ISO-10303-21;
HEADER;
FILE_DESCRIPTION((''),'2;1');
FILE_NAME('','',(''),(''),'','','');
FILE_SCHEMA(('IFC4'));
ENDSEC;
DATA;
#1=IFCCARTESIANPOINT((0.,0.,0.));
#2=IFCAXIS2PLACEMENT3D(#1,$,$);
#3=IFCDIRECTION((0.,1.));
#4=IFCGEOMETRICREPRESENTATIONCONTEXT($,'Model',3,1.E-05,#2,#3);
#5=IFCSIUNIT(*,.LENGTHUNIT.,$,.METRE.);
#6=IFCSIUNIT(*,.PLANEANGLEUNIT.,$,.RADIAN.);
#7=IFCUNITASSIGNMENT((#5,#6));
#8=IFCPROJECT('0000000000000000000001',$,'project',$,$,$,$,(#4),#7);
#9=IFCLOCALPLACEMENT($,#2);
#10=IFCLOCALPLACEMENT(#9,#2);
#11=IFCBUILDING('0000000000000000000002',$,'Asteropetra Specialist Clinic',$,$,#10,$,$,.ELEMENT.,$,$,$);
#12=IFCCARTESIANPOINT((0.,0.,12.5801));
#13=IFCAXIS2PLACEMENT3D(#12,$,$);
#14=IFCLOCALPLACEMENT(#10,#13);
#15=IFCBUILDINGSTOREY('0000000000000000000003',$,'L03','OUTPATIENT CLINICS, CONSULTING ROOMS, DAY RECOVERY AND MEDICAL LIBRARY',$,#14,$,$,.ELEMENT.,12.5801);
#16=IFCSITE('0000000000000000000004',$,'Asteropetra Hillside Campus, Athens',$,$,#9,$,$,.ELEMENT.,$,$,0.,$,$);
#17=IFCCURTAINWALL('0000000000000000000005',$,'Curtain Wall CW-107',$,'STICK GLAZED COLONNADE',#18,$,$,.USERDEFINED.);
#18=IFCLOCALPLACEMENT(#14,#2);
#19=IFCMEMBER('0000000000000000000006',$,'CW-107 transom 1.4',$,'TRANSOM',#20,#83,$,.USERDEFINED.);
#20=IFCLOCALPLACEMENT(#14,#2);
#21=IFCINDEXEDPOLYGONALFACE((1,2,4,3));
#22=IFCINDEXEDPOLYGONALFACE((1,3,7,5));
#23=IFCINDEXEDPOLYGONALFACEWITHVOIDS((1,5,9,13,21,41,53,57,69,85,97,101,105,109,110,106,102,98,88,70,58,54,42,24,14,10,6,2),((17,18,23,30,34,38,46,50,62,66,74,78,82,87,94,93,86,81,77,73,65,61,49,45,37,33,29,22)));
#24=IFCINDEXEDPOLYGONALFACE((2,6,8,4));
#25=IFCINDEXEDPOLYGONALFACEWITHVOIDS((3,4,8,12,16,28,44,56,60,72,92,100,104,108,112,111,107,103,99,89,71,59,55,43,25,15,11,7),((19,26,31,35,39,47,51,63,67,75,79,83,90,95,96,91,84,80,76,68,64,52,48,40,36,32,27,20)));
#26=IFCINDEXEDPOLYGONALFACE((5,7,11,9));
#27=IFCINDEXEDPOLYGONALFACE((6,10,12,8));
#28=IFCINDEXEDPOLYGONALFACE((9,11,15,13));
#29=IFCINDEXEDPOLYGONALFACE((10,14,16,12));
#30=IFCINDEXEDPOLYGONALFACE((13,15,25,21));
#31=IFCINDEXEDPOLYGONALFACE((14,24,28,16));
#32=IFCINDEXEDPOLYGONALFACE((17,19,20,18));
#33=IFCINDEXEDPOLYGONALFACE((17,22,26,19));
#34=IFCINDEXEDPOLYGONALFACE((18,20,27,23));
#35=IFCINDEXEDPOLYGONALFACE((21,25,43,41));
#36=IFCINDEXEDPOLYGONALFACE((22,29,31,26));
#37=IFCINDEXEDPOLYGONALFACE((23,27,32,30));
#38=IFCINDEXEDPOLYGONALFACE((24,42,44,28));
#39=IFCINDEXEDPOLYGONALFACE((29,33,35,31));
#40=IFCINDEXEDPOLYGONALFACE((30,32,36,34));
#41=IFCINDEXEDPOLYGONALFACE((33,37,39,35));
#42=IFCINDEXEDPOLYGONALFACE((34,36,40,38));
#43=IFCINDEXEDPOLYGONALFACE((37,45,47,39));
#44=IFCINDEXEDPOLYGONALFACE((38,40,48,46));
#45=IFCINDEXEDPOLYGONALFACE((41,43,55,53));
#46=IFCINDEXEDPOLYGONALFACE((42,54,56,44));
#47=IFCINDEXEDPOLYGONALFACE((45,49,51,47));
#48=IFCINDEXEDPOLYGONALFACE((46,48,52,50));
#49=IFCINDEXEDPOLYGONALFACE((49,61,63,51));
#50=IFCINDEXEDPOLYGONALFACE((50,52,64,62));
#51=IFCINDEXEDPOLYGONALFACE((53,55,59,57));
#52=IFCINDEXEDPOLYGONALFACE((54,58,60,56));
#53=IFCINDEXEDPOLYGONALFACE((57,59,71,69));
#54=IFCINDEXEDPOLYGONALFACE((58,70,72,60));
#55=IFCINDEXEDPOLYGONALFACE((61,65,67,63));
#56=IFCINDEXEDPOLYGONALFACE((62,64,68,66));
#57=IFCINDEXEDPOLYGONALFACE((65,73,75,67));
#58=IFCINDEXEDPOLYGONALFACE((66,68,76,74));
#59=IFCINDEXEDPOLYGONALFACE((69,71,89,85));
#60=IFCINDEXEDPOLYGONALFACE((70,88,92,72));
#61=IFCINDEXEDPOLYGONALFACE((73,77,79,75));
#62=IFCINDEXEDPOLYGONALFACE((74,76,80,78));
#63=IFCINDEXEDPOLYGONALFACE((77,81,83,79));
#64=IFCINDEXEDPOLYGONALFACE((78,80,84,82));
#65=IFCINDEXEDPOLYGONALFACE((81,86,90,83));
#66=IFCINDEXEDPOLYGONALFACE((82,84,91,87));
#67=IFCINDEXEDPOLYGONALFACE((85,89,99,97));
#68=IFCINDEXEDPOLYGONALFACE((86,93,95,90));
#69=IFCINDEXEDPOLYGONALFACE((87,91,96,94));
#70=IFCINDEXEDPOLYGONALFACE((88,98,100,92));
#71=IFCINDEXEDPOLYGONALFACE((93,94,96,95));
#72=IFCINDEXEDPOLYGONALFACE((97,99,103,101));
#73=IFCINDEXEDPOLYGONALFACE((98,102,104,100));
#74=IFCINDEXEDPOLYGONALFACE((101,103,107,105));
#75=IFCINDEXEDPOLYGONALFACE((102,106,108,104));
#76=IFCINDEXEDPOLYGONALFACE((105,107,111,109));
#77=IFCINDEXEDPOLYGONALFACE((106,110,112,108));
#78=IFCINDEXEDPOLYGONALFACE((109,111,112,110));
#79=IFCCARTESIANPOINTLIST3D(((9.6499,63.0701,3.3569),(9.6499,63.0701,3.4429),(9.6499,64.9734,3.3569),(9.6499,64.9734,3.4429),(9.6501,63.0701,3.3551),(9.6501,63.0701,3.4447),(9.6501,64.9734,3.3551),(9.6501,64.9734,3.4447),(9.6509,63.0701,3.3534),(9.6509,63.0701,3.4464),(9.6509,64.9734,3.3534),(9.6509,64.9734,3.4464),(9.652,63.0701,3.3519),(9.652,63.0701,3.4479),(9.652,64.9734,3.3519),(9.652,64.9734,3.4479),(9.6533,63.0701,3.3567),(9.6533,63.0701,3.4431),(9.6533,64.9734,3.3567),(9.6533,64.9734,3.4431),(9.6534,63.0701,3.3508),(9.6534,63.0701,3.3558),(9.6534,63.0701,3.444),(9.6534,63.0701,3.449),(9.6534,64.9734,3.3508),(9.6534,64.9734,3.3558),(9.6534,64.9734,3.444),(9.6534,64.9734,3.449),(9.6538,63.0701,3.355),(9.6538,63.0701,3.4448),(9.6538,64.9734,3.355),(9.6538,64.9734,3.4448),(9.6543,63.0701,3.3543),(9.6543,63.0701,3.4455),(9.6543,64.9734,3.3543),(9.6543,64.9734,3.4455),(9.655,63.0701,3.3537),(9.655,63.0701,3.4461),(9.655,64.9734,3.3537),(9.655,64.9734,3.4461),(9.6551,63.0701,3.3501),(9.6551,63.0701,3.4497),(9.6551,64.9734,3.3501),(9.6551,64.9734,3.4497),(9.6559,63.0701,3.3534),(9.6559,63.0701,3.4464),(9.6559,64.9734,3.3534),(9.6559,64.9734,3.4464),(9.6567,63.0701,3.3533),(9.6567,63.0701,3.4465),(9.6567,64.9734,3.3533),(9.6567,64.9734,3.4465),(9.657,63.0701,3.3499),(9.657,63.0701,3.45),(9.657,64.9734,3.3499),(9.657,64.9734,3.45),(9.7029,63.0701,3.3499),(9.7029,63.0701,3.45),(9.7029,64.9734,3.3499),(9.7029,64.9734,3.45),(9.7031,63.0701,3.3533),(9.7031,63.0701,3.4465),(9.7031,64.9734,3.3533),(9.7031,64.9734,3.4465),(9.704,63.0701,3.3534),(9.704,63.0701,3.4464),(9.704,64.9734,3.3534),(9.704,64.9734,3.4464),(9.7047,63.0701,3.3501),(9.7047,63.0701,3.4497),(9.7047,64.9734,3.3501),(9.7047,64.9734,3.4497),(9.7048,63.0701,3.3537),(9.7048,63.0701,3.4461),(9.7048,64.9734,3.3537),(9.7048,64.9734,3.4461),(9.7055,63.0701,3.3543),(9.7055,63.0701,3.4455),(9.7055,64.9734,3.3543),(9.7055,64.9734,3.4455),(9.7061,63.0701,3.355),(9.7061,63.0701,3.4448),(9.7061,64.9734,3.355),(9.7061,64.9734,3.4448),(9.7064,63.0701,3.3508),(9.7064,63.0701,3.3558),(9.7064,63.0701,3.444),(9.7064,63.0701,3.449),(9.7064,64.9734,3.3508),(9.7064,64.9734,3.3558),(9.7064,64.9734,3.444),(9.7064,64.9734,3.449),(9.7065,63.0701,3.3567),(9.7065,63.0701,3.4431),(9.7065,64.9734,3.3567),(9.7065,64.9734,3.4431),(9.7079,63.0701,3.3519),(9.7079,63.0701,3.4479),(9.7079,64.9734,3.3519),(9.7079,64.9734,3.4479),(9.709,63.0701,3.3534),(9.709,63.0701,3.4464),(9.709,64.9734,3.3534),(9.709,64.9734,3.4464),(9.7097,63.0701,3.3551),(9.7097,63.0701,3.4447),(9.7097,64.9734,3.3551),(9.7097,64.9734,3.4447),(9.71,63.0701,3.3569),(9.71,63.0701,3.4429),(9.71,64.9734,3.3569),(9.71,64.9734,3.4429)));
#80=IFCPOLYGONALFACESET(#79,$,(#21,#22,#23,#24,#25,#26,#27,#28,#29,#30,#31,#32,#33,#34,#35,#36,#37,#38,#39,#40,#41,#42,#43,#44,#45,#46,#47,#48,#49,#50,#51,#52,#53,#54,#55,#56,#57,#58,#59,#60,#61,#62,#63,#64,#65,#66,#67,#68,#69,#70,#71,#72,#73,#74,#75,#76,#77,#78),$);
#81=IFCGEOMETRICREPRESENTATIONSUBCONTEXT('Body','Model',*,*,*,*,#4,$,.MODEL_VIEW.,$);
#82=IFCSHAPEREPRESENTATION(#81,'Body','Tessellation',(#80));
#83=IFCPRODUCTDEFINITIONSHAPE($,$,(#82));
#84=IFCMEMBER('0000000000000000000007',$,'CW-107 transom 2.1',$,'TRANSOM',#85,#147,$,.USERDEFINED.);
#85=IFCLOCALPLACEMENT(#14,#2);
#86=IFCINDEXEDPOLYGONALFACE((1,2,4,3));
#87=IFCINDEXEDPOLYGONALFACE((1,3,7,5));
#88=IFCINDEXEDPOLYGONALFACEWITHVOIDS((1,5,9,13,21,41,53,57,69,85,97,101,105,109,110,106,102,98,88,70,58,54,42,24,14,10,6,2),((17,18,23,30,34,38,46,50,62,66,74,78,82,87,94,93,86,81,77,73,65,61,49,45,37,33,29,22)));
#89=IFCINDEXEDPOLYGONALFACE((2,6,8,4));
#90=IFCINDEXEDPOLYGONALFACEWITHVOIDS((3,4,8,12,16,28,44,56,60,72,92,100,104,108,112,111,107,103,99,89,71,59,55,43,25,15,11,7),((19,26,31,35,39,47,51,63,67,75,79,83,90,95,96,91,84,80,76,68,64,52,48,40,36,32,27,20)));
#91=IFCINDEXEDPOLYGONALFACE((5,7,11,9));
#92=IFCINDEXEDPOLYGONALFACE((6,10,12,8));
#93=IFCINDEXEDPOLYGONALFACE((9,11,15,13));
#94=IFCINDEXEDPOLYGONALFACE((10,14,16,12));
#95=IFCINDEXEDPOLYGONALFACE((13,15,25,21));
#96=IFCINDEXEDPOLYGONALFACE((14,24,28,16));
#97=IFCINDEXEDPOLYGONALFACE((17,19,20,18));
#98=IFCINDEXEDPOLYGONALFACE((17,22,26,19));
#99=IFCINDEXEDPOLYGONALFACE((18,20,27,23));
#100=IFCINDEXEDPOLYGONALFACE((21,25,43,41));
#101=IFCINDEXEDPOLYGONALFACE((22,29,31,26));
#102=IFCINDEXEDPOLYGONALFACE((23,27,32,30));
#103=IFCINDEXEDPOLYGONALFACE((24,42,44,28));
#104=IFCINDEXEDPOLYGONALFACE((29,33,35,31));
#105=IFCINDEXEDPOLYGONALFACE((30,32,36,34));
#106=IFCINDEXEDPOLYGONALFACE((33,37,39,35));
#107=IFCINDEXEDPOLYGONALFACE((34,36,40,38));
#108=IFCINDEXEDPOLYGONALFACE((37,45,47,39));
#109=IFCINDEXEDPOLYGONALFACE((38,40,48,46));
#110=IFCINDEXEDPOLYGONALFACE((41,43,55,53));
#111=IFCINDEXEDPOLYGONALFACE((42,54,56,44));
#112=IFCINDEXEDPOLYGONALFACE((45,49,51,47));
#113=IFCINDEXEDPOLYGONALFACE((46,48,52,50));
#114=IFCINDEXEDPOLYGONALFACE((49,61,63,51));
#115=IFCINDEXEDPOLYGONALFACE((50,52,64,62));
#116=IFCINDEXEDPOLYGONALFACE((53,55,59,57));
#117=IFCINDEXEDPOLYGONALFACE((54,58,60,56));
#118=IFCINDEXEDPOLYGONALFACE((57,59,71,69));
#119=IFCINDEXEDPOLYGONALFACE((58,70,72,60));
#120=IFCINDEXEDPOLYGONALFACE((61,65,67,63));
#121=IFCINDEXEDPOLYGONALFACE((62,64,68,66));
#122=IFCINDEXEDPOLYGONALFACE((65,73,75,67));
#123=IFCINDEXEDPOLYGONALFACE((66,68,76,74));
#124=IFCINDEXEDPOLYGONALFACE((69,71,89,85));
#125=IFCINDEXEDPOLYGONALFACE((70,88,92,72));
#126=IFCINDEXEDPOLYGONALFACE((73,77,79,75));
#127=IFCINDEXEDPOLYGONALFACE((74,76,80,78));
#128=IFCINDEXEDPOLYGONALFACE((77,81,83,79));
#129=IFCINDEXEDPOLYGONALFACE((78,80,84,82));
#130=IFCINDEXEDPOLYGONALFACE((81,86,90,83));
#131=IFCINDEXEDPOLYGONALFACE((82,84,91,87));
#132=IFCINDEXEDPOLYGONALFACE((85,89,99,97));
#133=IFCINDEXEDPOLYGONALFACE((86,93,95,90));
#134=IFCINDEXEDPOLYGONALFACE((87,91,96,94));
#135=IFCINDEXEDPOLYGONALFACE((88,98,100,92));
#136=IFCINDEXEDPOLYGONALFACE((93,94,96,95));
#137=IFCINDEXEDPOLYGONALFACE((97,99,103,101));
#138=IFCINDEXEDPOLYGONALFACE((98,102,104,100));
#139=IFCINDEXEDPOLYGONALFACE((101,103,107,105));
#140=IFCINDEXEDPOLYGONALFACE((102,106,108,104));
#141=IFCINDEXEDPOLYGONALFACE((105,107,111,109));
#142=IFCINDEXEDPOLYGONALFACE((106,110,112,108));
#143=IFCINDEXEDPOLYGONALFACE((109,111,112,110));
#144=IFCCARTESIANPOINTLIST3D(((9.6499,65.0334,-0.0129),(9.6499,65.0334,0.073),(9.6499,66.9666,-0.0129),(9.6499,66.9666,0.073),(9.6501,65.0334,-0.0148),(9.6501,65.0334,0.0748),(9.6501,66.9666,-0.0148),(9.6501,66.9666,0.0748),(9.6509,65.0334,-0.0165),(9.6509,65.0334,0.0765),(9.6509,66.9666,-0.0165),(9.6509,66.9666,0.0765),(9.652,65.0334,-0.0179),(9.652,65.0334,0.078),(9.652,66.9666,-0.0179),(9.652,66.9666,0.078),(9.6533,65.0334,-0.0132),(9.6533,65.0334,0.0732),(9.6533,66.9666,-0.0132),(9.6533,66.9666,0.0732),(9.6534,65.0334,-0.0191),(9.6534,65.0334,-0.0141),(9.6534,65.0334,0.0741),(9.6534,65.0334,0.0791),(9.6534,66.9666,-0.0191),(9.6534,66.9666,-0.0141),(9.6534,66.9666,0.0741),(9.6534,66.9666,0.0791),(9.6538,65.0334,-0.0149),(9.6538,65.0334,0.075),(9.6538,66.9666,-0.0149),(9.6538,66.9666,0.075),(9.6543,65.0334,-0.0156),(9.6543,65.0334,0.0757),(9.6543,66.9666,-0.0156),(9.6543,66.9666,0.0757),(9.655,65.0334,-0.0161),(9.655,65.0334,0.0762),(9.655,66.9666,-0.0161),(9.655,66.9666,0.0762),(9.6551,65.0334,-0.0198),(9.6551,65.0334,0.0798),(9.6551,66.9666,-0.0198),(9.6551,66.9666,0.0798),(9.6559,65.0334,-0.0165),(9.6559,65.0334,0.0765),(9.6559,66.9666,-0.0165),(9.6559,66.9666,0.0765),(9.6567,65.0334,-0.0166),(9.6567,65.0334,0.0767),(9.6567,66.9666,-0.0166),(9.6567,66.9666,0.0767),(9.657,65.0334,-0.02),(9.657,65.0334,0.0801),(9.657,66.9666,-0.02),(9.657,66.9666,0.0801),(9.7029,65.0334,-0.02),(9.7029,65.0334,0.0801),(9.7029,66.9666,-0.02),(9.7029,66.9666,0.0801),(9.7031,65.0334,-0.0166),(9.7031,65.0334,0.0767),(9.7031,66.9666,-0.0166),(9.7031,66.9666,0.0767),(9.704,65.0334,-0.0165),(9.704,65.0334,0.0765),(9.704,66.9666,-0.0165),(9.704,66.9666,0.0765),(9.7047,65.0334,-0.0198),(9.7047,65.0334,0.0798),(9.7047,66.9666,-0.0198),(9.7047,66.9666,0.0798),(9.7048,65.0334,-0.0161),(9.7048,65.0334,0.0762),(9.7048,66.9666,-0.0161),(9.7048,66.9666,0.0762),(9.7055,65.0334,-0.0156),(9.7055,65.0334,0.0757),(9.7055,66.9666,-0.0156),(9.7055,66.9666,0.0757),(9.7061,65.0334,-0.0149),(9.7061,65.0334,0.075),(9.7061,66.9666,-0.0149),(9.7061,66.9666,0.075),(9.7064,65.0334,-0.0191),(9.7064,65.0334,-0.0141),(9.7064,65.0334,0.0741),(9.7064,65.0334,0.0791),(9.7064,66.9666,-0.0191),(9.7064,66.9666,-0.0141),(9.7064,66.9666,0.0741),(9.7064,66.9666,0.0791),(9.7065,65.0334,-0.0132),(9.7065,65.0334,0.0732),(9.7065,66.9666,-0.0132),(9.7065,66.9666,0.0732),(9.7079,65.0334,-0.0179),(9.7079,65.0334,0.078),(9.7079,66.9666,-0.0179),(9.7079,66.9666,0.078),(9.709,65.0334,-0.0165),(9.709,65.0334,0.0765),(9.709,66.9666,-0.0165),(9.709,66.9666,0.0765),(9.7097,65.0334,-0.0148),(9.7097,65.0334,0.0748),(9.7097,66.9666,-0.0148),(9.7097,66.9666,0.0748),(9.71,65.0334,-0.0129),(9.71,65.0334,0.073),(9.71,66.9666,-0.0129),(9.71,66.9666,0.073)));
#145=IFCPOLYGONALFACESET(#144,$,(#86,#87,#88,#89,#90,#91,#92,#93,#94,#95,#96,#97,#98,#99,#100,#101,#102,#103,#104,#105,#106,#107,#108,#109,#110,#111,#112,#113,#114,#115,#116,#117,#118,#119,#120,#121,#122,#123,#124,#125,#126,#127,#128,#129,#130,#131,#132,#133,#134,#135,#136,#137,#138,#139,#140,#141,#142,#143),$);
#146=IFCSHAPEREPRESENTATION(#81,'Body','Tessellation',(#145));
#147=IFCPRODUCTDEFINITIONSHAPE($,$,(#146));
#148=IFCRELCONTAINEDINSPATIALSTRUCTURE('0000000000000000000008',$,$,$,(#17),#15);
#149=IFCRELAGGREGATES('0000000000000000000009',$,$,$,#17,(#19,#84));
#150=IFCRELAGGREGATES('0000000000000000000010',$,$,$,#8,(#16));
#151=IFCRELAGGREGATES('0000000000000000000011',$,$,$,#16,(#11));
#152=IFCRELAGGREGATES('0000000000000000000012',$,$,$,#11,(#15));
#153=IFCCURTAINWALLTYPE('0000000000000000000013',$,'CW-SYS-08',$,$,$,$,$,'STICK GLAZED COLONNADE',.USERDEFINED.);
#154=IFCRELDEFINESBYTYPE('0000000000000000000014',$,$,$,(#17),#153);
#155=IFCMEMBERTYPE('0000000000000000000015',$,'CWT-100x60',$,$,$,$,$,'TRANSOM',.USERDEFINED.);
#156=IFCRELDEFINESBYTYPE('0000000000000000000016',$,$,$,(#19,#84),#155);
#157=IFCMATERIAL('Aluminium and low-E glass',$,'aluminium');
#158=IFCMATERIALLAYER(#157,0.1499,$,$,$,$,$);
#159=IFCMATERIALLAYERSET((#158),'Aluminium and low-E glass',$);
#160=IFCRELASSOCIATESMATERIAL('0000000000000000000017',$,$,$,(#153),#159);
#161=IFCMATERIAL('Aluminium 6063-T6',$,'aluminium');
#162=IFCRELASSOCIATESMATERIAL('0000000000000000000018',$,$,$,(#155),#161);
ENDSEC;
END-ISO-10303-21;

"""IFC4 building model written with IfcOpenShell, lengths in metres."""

from ifc_helpers import new_model, si_unit, direction, frame, origin, origin_2d, place, context, subcontext, project, spatial, hollow_rectangle, extrude, material, layer, layer_set, material_profile, profile_set, type_object, element, aggregate, save


model = new_model("IFC4")

# Units and contexts
model_context = context("Model", 3, precision=1e-05, world=origin(), true_north=direction((0.0, 1.0)))
body_context = subcontext(model_context, "Body", "Model", "MODEL_VIEW")
ifc_project = project(units=[si_unit("LENGTHUNIT", "METRE"), si_unit("PLANEANGLEUNIT", "RADIAN")], contexts=[model_context])

# Site, building, storey
site_placement = place(None, origin())
site = spatial("IfcSite", under=ifc_project, at=site_placement, Name="Asteropetra Hillside Campus, Athens", CompositionType="ELEMENT", RefElevation=0.0)
building_placement = place(site_placement, origin())
building = spatial("IfcBuilding", under=site, at=building_placement, Name="Asteropetra Specialist Clinic", CompositionType="ELEMENT")
storey_placement = place(building_placement, frame((0.0, 0.0, 12.5801)))
storey = spatial("IfcBuildingStorey", under=building, at=storey_placement, Name="L03", Description="OUTPATIENT CLINICS, CONSULTING ROOMS, DAY RECOVERY AND MEDICAL LIBRARY", CompositionType="ELEMENT", Elevation=12.5801)

# Curtain wall, members
ifc_material_1 = material(Name="Aluminium and low-E glass", Category="aluminium")
ifc_layer_1 = layer(ifc_material_1, 0.1499)
ifc_layer_set_1 = layer_set([ifc_layer_1], Name="Aluminium and low-E glass")
curtain_wall_type = type_object("IfcCurtainWallType", Name="CW-SYS-08", ElementType="STICK GLAZED COLONNADE", PredefinedType="USERDEFINED", material=ifc_layer_set_1)
curtain_wall_placement = place(storey_placement, origin())
curtain_wall = element("IfcCurtainWall", 1, at=curtain_wall_placement, inside=storey, type_object=curtain_wall_type, Name="Curtain Wall CW-107", ObjectType="STICK GLAZED COLONNADE", PredefinedType="USERDEFINED")
ifc_material_2 = material(Name="Aluminium 6063-T6", Category="aluminium")
ifc_material_profile_1 = material_profile(ifc_material_2, hollow_rectangle(XDim=0.0601, YDim=0.1001, WallThickness=0.0034, InnerFilletRadius=0.0034, OuterFilletRadius=0.0071, at=origin_2d()), Name="TRN 100x60x3.5")
ifc_profile_set_1 = profile_set([ifc_material_profile_1], Name="Aluminium 6063-T6")
member_type_1 = type_object("IfcMemberType", Name="CWT-100x60", ElementType="TRANSOM", PredefinedType="USERDEFINED", material=ifc_profile_set_1)
member_1_placement = place(storey_placement, frame((9.6799, 63.0701, 3.3999), z_axis=(0.0, 1.0, 0.0), x_axis=(-1.0, 0.0, 0.0)))
member_1 = element("IfcMember", 2, at=member_1_placement, type_object=member_type_1, Name="CW-107 transom 1.4", ObjectType="TRANSOM", PredefinedType="USERDEFINED", context=body_context, shape_type="SweptSolid", body=[
    extrude(hollow_rectangle(XDim=0.0601, YDim=0.1001, WallThickness=0.0034, InnerFilletRadius=0.0034, OuterFilletRadius=0.0071, at=origin_2d()), origin(), (0.0, 0.0, 1.0), 1.9033),
])
member_2_placement = place(storey_placement, frame((9.6799, 65.0334, 0.03), z_axis=(0.0, 1.0, 0.0), x_axis=(-1.0, 0.0, 0.0)))
member_2 = element("IfcMember", 3, at=member_2_placement, type_object=member_type_1, Name="CW-107 transom 2.1", ObjectType="TRANSOM", PredefinedType="USERDEFINED", context=body_context, shape_type="SweptSolid", body=[
    extrude(hollow_rectangle(XDim=0.0601, YDim=0.1001, WallThickness=0.0034, InnerFilletRadius=0.0034, OuterFilletRadius=0.0071, at=origin_2d()), origin(), (0.0, 0.0, 1.0), 1.9331),
])

aggregate(curtain_wall, [member_1, member_2])

save(model, "model.ifc")
